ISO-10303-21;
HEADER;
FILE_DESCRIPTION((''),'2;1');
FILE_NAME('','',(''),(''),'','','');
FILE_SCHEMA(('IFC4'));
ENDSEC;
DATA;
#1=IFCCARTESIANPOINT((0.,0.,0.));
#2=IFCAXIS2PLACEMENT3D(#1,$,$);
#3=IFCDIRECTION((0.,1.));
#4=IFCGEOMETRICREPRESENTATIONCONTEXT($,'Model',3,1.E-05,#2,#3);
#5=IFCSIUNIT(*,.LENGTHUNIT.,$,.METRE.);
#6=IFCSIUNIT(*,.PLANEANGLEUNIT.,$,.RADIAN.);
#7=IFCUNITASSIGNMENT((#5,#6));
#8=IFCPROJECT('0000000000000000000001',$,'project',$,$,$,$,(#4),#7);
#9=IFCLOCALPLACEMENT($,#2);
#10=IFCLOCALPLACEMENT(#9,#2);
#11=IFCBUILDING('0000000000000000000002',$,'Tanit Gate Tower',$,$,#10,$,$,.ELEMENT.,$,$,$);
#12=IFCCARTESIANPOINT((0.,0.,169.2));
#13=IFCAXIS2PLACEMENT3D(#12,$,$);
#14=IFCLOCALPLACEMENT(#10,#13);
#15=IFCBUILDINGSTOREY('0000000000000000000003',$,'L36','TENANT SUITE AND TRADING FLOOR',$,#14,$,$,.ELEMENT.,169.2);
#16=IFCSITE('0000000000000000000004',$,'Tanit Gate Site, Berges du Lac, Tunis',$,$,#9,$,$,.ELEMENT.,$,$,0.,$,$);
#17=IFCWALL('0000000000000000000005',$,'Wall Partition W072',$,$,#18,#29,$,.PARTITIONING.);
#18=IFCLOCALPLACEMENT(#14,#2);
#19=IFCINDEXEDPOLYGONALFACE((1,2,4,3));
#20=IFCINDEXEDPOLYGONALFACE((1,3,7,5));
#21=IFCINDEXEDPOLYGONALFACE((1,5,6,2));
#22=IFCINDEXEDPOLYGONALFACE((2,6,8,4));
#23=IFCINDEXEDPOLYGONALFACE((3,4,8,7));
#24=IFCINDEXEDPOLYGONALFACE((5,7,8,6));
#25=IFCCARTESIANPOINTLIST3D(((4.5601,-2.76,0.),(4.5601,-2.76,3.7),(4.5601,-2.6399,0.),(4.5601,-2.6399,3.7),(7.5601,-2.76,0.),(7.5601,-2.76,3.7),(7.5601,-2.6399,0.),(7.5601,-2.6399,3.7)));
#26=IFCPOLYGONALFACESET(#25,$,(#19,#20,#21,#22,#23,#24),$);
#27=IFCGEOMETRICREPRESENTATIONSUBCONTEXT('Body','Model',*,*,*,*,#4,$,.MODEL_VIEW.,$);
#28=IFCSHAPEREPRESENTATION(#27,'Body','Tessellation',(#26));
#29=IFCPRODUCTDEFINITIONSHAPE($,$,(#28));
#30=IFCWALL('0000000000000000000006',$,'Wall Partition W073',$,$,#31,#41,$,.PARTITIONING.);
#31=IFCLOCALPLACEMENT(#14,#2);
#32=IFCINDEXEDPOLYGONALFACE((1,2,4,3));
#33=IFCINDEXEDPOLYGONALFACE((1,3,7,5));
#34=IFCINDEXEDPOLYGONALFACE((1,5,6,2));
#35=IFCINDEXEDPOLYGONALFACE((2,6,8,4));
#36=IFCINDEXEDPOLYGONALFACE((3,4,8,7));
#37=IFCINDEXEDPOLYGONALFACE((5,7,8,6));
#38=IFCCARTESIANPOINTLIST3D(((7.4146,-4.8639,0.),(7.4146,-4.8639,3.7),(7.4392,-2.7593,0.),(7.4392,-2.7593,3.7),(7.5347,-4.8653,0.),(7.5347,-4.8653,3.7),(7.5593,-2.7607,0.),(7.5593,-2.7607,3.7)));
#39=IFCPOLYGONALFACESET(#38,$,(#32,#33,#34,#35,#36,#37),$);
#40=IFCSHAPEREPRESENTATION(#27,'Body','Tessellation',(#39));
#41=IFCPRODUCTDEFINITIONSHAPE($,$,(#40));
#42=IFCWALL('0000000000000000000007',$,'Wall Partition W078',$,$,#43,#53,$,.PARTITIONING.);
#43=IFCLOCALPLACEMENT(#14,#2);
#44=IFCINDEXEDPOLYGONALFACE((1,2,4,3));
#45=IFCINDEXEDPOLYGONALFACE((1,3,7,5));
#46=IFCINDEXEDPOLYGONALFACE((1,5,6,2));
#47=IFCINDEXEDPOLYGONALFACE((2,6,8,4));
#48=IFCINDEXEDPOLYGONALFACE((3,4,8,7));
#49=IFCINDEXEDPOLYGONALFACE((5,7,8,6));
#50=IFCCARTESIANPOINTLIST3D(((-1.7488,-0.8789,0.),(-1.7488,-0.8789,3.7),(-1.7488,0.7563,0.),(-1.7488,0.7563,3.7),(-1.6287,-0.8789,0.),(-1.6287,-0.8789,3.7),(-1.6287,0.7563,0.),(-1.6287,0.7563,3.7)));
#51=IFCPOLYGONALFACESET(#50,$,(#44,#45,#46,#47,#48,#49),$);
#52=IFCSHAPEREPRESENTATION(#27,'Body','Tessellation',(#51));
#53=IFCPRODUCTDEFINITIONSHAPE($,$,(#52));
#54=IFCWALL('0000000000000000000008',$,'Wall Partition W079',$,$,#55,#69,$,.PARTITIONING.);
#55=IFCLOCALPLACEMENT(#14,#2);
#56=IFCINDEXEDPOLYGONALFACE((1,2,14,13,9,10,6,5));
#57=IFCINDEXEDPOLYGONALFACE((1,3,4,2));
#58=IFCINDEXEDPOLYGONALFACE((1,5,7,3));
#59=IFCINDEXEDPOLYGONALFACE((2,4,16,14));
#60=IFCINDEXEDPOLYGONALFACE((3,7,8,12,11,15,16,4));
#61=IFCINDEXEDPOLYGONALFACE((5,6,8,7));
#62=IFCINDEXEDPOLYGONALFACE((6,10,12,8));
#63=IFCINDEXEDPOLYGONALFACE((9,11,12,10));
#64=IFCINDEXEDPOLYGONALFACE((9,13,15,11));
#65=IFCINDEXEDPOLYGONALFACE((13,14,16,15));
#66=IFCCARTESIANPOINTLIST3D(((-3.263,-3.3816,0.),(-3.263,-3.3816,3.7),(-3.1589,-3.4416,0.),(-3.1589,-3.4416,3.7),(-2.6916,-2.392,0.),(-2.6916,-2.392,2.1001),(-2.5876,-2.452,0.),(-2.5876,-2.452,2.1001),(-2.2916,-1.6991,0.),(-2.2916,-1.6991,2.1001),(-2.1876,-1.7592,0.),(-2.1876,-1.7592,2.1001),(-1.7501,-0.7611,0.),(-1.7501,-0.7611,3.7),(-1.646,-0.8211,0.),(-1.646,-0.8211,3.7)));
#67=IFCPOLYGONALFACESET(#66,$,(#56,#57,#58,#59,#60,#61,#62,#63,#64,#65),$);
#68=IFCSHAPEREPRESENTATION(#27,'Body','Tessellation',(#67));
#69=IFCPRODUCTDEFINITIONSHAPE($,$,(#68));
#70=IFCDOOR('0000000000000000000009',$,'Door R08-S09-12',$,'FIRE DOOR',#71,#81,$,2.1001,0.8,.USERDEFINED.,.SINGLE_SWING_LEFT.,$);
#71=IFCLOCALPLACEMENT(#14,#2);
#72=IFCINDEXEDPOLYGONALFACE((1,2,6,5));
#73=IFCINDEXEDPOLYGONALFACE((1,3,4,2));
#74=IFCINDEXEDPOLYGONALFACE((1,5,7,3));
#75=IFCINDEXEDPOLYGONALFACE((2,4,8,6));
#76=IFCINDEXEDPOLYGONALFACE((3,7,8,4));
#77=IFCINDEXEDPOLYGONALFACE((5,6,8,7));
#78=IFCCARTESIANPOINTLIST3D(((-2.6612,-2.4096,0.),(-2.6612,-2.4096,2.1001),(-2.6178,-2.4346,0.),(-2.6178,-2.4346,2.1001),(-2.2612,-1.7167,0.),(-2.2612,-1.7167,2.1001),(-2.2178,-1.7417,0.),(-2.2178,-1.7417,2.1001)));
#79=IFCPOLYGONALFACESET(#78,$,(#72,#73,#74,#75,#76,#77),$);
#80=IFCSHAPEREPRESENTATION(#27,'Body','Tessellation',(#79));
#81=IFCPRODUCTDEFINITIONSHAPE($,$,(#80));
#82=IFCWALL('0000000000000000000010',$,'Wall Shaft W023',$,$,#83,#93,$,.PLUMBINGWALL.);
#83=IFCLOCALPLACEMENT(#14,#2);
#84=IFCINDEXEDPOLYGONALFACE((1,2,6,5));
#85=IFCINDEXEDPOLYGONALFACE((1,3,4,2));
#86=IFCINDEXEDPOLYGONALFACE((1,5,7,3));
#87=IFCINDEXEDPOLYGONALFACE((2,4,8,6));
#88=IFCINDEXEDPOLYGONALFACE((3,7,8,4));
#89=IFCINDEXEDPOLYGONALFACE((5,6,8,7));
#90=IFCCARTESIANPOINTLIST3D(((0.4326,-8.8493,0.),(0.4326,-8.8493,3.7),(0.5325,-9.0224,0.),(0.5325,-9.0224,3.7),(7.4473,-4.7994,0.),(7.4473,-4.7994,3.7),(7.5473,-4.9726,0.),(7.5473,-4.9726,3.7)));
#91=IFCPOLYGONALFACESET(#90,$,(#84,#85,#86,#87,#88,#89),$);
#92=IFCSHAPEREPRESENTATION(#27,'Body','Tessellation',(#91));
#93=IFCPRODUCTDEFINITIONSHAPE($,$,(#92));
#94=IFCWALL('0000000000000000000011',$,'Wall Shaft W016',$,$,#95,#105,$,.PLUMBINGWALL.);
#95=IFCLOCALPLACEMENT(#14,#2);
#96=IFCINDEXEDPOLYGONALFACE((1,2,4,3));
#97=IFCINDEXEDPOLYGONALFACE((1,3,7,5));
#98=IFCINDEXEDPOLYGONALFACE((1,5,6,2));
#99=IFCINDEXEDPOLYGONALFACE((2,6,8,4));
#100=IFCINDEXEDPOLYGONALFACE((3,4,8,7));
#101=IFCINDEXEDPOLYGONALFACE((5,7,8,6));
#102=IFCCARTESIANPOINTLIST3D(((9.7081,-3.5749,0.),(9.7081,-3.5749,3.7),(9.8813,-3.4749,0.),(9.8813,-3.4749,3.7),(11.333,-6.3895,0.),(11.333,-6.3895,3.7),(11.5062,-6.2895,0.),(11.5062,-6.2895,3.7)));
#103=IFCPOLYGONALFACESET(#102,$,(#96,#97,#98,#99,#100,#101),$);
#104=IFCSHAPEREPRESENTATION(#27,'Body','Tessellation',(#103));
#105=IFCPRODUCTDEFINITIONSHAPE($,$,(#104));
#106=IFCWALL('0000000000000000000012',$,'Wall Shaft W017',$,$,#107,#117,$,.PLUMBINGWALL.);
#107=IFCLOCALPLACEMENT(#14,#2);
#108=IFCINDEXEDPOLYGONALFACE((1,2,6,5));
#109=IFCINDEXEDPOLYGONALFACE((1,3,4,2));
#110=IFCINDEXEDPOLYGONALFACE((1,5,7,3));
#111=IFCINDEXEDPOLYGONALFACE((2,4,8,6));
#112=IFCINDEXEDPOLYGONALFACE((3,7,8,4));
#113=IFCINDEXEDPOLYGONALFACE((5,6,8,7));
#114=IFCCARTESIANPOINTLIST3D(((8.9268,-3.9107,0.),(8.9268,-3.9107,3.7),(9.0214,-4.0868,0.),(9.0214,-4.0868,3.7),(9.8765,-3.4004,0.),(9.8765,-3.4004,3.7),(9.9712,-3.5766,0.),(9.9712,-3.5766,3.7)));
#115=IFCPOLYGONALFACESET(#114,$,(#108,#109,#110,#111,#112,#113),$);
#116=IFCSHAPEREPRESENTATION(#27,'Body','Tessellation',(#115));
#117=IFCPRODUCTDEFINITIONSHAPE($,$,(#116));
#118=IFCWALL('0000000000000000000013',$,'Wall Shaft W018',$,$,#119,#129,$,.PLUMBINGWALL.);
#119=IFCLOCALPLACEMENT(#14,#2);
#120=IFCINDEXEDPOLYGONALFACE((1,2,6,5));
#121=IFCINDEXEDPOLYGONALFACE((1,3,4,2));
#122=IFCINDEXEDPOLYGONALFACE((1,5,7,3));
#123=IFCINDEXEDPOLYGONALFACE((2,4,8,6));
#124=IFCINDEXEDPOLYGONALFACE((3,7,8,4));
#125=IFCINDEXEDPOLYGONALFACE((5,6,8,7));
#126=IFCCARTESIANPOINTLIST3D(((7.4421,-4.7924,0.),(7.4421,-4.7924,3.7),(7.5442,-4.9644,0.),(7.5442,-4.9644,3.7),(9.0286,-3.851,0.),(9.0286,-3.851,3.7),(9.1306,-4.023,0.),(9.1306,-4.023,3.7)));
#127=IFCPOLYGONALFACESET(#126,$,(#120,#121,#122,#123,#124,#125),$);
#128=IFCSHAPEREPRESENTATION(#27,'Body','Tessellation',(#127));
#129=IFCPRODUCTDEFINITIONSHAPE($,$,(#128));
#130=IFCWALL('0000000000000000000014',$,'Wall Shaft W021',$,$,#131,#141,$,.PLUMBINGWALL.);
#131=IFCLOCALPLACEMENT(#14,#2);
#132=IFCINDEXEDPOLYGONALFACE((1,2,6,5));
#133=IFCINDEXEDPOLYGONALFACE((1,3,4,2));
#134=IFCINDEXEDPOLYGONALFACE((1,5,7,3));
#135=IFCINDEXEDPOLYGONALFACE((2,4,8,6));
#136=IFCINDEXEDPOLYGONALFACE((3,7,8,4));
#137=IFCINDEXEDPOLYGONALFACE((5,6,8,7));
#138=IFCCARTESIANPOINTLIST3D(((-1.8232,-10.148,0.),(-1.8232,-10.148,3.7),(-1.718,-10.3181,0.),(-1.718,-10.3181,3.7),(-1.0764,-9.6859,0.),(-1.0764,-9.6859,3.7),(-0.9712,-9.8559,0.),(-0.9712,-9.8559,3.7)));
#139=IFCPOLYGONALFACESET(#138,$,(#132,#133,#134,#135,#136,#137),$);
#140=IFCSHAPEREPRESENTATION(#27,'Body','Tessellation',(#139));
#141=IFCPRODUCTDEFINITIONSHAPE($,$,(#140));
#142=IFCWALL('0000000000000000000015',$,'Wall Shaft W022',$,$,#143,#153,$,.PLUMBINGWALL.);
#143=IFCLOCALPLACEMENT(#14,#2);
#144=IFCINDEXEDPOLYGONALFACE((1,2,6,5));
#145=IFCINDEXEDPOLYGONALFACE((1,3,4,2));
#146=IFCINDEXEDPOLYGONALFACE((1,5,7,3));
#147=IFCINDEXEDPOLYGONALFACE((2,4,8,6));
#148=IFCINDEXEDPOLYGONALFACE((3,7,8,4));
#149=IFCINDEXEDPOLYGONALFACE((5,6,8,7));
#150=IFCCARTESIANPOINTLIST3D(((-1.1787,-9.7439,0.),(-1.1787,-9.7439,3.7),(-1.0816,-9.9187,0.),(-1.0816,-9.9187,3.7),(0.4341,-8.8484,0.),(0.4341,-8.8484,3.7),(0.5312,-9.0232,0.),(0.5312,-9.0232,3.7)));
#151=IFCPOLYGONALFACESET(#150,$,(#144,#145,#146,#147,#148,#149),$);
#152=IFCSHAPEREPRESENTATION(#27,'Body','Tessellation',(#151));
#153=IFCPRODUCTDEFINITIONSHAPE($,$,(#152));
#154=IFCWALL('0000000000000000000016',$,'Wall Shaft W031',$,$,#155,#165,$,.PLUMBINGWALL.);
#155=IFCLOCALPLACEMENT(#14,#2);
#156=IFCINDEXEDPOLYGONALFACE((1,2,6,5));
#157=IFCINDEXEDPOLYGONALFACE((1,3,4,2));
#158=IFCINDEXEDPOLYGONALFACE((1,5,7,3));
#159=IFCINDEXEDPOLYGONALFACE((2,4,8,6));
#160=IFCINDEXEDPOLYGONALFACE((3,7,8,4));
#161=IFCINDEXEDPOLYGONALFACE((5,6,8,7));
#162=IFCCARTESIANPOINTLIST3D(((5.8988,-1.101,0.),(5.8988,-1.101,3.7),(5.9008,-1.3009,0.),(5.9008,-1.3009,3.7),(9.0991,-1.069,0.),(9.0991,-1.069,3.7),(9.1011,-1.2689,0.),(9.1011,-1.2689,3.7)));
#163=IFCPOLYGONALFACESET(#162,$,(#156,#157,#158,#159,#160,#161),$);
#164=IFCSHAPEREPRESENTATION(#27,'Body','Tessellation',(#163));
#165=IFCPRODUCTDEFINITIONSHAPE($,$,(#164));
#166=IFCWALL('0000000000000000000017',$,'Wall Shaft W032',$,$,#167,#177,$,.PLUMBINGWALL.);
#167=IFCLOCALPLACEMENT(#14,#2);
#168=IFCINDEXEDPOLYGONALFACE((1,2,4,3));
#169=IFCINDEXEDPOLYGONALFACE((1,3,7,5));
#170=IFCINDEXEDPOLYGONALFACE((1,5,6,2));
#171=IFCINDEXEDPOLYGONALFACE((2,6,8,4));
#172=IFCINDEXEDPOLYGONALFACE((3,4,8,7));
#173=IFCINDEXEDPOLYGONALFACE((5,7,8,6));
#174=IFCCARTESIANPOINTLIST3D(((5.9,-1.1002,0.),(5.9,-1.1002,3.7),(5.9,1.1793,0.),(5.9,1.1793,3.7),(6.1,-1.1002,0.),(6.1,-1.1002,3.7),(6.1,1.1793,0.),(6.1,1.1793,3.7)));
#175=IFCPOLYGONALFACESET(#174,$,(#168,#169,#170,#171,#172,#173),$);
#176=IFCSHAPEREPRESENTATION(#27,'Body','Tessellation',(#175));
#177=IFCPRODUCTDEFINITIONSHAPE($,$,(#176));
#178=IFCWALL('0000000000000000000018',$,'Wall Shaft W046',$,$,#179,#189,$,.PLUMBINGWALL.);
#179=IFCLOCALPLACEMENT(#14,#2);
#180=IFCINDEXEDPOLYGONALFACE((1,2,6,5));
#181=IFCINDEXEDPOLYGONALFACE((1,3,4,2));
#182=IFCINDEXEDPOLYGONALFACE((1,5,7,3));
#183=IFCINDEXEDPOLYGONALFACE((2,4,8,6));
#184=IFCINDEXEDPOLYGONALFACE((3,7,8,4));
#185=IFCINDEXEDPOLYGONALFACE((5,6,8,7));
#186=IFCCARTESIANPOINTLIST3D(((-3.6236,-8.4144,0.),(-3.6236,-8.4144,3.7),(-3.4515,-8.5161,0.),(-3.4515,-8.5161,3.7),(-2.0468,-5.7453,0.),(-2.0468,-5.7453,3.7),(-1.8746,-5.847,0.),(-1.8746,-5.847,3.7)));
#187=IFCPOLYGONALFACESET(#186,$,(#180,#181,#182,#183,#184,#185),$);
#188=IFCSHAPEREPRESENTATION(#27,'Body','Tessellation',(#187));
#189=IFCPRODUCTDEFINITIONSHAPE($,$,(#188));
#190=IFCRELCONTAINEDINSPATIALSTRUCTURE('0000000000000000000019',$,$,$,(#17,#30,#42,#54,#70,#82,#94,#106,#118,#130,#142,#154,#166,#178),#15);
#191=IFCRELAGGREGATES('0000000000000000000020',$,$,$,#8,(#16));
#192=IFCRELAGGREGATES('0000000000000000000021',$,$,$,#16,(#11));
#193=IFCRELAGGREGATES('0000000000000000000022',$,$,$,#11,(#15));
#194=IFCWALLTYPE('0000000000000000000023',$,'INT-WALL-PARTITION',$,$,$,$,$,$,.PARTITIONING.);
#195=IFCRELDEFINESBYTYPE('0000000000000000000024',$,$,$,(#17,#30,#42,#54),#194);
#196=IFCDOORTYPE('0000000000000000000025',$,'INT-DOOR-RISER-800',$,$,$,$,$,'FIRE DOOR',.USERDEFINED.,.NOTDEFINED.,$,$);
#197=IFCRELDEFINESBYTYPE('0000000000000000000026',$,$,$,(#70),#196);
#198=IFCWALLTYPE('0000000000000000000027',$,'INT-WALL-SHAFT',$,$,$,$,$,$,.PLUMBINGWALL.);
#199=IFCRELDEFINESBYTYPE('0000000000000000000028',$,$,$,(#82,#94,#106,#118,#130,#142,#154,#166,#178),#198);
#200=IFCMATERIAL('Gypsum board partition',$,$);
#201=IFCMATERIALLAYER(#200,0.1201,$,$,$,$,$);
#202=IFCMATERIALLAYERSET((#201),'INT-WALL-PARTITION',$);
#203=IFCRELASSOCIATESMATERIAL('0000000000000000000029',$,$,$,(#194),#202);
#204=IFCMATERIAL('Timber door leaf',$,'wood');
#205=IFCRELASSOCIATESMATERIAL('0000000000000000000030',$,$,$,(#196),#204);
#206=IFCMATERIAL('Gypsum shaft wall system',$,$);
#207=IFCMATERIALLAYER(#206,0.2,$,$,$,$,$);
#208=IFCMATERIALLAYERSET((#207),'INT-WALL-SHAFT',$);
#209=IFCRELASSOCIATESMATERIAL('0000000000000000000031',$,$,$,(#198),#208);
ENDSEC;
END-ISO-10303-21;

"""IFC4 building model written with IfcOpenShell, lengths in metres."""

from ifc_helpers import new_model, si_unit, direction, frame, frame_2d, origin, place, context, subcontext, project, spatial, rectangle, extrude, material, layer, layer_set, type_object, element, fill, save


model = new_model("IFC4")

# Units and contexts
model_context = context("Model", 3, precision=1e-05, world=origin(), true_north=direction((0.0, 1.0)))
body_context = subcontext(model_context, "Body", "Model", "MODEL_VIEW")
ifc_project = project(units=[si_unit("LENGTHUNIT", "METRE"), si_unit("PLANEANGLEUNIT", "RADIAN")], contexts=[model_context])

# Site, building, storey
site_placement = place(None, origin())
site = spatial("IfcSite", under=ifc_project, at=site_placement, Name="Tanit Gate Site, Berges du Lac, Tunis", CompositionType="ELEMENT", RefElevation=0.0)
building_placement = place(site_placement, origin())
building = spatial("IfcBuilding", under=site, at=building_placement, Name="Tanit Gate Tower", CompositionType="ELEMENT")
storey_placement = place(building_placement, frame((0.0, 0.0, 169.2)))
storey = spatial("IfcBuildingStorey", under=building, at=storey_placement, Name="L36", Description="TENANT SUITE AND TRADING FLOOR", CompositionType="ELEMENT", Elevation=169.2)

# Shared definitions
ifc_material_1 = material(Name="Gypsum board partition")
ifc_layer_1 = layer(ifc_material_1, 0.1201)
ifc_layer_set_1 = layer_set([ifc_layer_1], Name="INT-WALL-PARTITION")
wall_type_1 = type_object("IfcWallType", Name="INT-WALL-PARTITION", PredefinedType="PARTITIONING", material=ifc_layer_set_1)
ifc_material_2 = material(Name="Timber door leaf", Category="wood")
door_type_1 = type_object("IfcDoorType", Name="INT-DOOR-RISER-800", ElementType="FIRE DOOR", OperationType="NOTDEFINED", PredefinedType="USERDEFINED", material=ifc_material_2)

# Walls
wall_1_placement = place(storey_placement, frame((7.5601, -2.7, 0.0), z_axis=(0.0, 0.0, 1.0), x_axis=(-1.0, 0.0, 0.0)))
element("IfcWall", 1, at=wall_1_placement, inside=storey, type_object=wall_type_1, Name="Wall Partition W072", PredefinedType="PARTITIONING", context=body_context, shape_type="SweptSolid", body=[
    extrude(rectangle(XDim=3.0, YDim=0.1201, at=frame_2d((1.5, 0.0))), origin(), (0.0, 0.0, 1.0), 3.7),
])
wall_2_placement = place(storey_placement, frame((7.4746, -4.8645, 0.0), z_axis=(0.0, 0.0, 1.0), x_axis=(0.011716, 0.999931, 0.0)))
element("IfcWall", 2, at=wall_2_placement, inside=storey, type_object=wall_type_1, Name="Wall Partition W073", PredefinedType="PARTITIONING", context=body_context, shape_type="SweptSolid", body=[
    extrude(rectangle(XDim=2.1047, YDim=0.1201, at=frame_2d((1.0522, 0.0))), origin(), (0.0, 0.0, 1.0), 3.7),
])
wall_3_placement = place(storey_placement, frame((-1.6887, -0.8789, 0.0), z_axis=(0.0, 0.0, 1.0), x_axis=(0.0, 1.0, 0.0)))
element("IfcWall", 3, at=wall_3_placement, inside=storey, type_object=wall_type_1, Name="Wall Partition W078", PredefinedType="PARTITIONING", context=body_context, shape_type="SweptSolid", body=[
    extrude(rectangle(XDim=1.6353, YDim=0.1201, at=frame_2d((0.8176, 0.0))), origin(), (0.0, 0.0, 1.0), 3.7),
])

# Wall, opening, door
wall_4_placement = place(storey_placement, frame((-3.2109, -3.4116, 0.0), z_axis=(0.0, 0.0, 1.0), x_axis=(0.499983, 0.866035, 0.0)))
wall_4 = element("IfcWall", 4, at=wall_4_placement, inside=storey, type_object=wall_type_1, Name="Wall Partition W079", PredefinedType="PARTITIONING", context=body_context, shape_type="SweptSolid", body=[
    extrude(rectangle(XDim=3.0259, YDim=0.1201, at=frame_2d((1.5129, 0.0))), origin(), (0.0, 0.0, 1.0), 3.7),
])
opening_1_placement = place(wall_4_placement, frame((1.1428, 0.0, 0.0)))
opening_1 = element("IfcOpeningElement", 5, at=opening_1_placement, cuts=wall_4, PredefinedType="OPENING", context=body_context, shape_type="SweptSolid", body=[
    extrude(rectangle(XDim=0.8, YDim=2.1001, at=frame_2d((0.3999, 1.05))), frame((0.0, 0.0701, 0.0), z_axis=(0.0, -1.0, 0.0), x_axis=(1.0, 0.0, 0.0)), (0.0, 0.0, 1.0), 0.1401),
])
door_1_placement = place(opening_1_placement, origin())
door_1 = element("IfcDoor", 6, at=door_1_placement, inside=storey, type_object=door_type_1, Name="Door R08-S09-12", ObjectType="FIRE DOOR", OperationType="SINGLE_SWING_LEFT", OverallHeight=2.1001, OverallWidth=0.8, PredefinedType="USERDEFINED", context=body_context, shape_type="SweptSolid", body=[
    extrude(rectangle(XDim=0.8, YDim=2.1001, at=frame_2d((0.3999, 1.05))), frame((0.0, 0.0249, 0.0), z_axis=(0.0, -1.0, 0.0), x_axis=(1.0, 0.0, 0.0)), (0.0, 0.0, 1.0), 0.05),
])
fill(opening_1, door_1)

# Walls
ifc_material_3 = material(Name="Gypsum shaft wall system")
ifc_layer_2 = layer(ifc_material_3, 0.2)
ifc_layer_set_2 = layer_set([ifc_layer_2], Name="INT-WALL-SHAFT")
wall_type_2 = type_object("IfcWallType", Name="INT-WALL-SHAFT", PredefinedType="PLUMBINGWALL", material=ifc_layer_set_2)
wall_5_placement = place(storey_placement, frame((0.4827, -8.9358, 0.0), z_axis=(0.0, 0.0, 1.0), x_axis=(0.866031, 0.49999, 0.0)))
element("IfcWall", 7, at=wall_5_placement, inside=storey, type_object=wall_type_2, Name="Wall Shaft W023", PredefinedType="PLUMBINGWALL", context=body_context, shape_type="SweptSolid", body=[
    extrude(rectangle(XDim=8.0999, YDim=0.2, at=frame_2d((4.0498, 0.0))), origin(), (0.0, 0.0, 1.0), 3.7),
])
wall_6_placement = place(storey_placement, frame((9.7947, -3.5249, 0.0), z_axis=(0.0, 0.0, 1.0), x_axis=(0.499985, -0.866034, 0.0)))
element("IfcWall", 8, at=wall_6_placement, inside=storey, type_object=wall_type_2, Name="Wall Shaft W016", PredefinedType="PLUMBINGWALL", context=body_context, shape_type="SweptSolid", body=[
    extrude(rectangle(XDim=3.25, YDim=0.2, at=frame_2d((1.625, 0.0))), origin(), (0.0, 0.0, 1.0), 3.7),
])
wall_7_placement = place(storey_placement, frame((8.9741, -3.9988, 0.0), z_axis=(0.0, 0.0, 1.0), x_axis=(0.880907, 0.473289, 0.0)))
element("IfcWall", 9, at=wall_7_placement, inside=storey, type_object=wall_type_2, Name="Wall Shaft W017", PredefinedType="PLUMBINGWALL", context=body_context, shape_type="SweptSolid", body=[
    extrude(rectangle(XDim=1.0781, YDim=0.2, at=frame_2d((0.5391, 0.0))), origin(), (0.0, 0.0, 1.0), 3.7),
])
wall_8_placement = place(storey_placement, frame((7.4932, -4.8784, 0.0), z_axis=(0.0, 0.0, 1.0), x_axis=(0.859982, 0.510325, 0.0)))
element("IfcWall", 10, at=wall_8_placement, inside=storey, type_object=wall_type_2, Name="Wall Shaft W018", PredefinedType="PLUMBINGWALL", context=body_context, shape_type="SweptSolid", body=[
    extrude(rectangle(XDim=1.8447, YDim=0.2, at=frame_2d((0.9224, 0.0))), origin(), (0.0, 0.0, 1.0), 3.7),
])
wall_9_placement = place(storey_placement, frame((-1.0239, -9.771, 0.0), z_axis=(0.0, 0.0, 1.0), x_axis=(-0.850348, -0.526221, 0.0)))
element("IfcWall", 11, at=wall_9_placement, inside=storey, type_object=wall_type_2, Name="Wall Shaft W021", PredefinedType="PLUMBINGWALL", context=body_context, shape_type="SweptSolid", body=[
    extrude(rectangle(XDim=0.8782, YDim=0.2, at=frame_2d((0.439, 0.0))), origin(), (0.0, 0.0, 1.0), 3.7),
])
wall_10_placement = place(storey_placement, frame((-1.1301, -9.8313, 0.0), z_axis=(0.0, 0.0, 1.0), x_axis=(0.87427, 0.485441, 0.0)))
element("IfcWall", 12, at=wall_10_placement, inside=storey, type_object=wall_type_2, Name="Wall Shaft W022", PredefinedType="PLUMBINGWALL", context=body_context, shape_type="SweptSolid", body=[
    extrude(rectangle(XDim=1.8447, YDim=0.2, at=frame_2d((0.9224, 0.0))), origin(), (0.0, 0.0, 1.0), 3.7),
])
wall_11_placement = place(storey_placement, frame((5.8999, -1.2009, 0.0), z_axis=(0.0, 0.0, 1.0), x_axis=(0.99995, 0.009993, 0.0)))
element("IfcWall", 13, at=wall_11_placement, inside=storey, type_object=wall_type_2, Name="Wall Shaft W031", PredefinedType="PLUMBINGWALL", context=body_context, shape_type="SweptSolid", body=[
    extrude(rectangle(XDim=3.2004, YDim=0.2, at=frame_2d((1.6001, 0.0))), origin(), (0.0, 0.0, 1.0), 3.7),
])
wall_12_placement = place(storey_placement, frame((6.0, -1.1001, 0.0), z_axis=(0.0, 0.0, 1.0), x_axis=(0.0, 1.0, 0.0)))
element("IfcWall", 14, at=wall_12_placement, inside=storey, type_object=wall_type_2, Name="Wall Shaft W032", PredefinedType="PLUMBINGWALL", context=body_context, shape_type="SweptSolid", body=[
    extrude(rectangle(XDim=2.2795, YDim=0.2, at=frame_2d((1.1396, 0.0))), origin(), (0.0, 0.0, 1.0), 3.7),
])

# Wall
wall_13_placement = place(storey_placement, frame((-1.9607, -5.7961, 0.0), z_axis=(0.0, 0.0, 1.0), x_axis=(-0.508647, -0.860975, 0.0)))
element("IfcWall", 15, at=wall_13_placement, inside=storey, type_object=wall_type_2, Name="Wall Shaft W046", PredefinedType="PLUMBINGWALL", context=body_context, shape_type="SweptSolid", body=[
    extrude(rectangle(XDim=3.1001, YDim=0.2, at=frame_2d((1.55, 0.0))), origin(), (0.0, 0.0, 1.0), 3.7),
])

save(model, "model.ifc")
